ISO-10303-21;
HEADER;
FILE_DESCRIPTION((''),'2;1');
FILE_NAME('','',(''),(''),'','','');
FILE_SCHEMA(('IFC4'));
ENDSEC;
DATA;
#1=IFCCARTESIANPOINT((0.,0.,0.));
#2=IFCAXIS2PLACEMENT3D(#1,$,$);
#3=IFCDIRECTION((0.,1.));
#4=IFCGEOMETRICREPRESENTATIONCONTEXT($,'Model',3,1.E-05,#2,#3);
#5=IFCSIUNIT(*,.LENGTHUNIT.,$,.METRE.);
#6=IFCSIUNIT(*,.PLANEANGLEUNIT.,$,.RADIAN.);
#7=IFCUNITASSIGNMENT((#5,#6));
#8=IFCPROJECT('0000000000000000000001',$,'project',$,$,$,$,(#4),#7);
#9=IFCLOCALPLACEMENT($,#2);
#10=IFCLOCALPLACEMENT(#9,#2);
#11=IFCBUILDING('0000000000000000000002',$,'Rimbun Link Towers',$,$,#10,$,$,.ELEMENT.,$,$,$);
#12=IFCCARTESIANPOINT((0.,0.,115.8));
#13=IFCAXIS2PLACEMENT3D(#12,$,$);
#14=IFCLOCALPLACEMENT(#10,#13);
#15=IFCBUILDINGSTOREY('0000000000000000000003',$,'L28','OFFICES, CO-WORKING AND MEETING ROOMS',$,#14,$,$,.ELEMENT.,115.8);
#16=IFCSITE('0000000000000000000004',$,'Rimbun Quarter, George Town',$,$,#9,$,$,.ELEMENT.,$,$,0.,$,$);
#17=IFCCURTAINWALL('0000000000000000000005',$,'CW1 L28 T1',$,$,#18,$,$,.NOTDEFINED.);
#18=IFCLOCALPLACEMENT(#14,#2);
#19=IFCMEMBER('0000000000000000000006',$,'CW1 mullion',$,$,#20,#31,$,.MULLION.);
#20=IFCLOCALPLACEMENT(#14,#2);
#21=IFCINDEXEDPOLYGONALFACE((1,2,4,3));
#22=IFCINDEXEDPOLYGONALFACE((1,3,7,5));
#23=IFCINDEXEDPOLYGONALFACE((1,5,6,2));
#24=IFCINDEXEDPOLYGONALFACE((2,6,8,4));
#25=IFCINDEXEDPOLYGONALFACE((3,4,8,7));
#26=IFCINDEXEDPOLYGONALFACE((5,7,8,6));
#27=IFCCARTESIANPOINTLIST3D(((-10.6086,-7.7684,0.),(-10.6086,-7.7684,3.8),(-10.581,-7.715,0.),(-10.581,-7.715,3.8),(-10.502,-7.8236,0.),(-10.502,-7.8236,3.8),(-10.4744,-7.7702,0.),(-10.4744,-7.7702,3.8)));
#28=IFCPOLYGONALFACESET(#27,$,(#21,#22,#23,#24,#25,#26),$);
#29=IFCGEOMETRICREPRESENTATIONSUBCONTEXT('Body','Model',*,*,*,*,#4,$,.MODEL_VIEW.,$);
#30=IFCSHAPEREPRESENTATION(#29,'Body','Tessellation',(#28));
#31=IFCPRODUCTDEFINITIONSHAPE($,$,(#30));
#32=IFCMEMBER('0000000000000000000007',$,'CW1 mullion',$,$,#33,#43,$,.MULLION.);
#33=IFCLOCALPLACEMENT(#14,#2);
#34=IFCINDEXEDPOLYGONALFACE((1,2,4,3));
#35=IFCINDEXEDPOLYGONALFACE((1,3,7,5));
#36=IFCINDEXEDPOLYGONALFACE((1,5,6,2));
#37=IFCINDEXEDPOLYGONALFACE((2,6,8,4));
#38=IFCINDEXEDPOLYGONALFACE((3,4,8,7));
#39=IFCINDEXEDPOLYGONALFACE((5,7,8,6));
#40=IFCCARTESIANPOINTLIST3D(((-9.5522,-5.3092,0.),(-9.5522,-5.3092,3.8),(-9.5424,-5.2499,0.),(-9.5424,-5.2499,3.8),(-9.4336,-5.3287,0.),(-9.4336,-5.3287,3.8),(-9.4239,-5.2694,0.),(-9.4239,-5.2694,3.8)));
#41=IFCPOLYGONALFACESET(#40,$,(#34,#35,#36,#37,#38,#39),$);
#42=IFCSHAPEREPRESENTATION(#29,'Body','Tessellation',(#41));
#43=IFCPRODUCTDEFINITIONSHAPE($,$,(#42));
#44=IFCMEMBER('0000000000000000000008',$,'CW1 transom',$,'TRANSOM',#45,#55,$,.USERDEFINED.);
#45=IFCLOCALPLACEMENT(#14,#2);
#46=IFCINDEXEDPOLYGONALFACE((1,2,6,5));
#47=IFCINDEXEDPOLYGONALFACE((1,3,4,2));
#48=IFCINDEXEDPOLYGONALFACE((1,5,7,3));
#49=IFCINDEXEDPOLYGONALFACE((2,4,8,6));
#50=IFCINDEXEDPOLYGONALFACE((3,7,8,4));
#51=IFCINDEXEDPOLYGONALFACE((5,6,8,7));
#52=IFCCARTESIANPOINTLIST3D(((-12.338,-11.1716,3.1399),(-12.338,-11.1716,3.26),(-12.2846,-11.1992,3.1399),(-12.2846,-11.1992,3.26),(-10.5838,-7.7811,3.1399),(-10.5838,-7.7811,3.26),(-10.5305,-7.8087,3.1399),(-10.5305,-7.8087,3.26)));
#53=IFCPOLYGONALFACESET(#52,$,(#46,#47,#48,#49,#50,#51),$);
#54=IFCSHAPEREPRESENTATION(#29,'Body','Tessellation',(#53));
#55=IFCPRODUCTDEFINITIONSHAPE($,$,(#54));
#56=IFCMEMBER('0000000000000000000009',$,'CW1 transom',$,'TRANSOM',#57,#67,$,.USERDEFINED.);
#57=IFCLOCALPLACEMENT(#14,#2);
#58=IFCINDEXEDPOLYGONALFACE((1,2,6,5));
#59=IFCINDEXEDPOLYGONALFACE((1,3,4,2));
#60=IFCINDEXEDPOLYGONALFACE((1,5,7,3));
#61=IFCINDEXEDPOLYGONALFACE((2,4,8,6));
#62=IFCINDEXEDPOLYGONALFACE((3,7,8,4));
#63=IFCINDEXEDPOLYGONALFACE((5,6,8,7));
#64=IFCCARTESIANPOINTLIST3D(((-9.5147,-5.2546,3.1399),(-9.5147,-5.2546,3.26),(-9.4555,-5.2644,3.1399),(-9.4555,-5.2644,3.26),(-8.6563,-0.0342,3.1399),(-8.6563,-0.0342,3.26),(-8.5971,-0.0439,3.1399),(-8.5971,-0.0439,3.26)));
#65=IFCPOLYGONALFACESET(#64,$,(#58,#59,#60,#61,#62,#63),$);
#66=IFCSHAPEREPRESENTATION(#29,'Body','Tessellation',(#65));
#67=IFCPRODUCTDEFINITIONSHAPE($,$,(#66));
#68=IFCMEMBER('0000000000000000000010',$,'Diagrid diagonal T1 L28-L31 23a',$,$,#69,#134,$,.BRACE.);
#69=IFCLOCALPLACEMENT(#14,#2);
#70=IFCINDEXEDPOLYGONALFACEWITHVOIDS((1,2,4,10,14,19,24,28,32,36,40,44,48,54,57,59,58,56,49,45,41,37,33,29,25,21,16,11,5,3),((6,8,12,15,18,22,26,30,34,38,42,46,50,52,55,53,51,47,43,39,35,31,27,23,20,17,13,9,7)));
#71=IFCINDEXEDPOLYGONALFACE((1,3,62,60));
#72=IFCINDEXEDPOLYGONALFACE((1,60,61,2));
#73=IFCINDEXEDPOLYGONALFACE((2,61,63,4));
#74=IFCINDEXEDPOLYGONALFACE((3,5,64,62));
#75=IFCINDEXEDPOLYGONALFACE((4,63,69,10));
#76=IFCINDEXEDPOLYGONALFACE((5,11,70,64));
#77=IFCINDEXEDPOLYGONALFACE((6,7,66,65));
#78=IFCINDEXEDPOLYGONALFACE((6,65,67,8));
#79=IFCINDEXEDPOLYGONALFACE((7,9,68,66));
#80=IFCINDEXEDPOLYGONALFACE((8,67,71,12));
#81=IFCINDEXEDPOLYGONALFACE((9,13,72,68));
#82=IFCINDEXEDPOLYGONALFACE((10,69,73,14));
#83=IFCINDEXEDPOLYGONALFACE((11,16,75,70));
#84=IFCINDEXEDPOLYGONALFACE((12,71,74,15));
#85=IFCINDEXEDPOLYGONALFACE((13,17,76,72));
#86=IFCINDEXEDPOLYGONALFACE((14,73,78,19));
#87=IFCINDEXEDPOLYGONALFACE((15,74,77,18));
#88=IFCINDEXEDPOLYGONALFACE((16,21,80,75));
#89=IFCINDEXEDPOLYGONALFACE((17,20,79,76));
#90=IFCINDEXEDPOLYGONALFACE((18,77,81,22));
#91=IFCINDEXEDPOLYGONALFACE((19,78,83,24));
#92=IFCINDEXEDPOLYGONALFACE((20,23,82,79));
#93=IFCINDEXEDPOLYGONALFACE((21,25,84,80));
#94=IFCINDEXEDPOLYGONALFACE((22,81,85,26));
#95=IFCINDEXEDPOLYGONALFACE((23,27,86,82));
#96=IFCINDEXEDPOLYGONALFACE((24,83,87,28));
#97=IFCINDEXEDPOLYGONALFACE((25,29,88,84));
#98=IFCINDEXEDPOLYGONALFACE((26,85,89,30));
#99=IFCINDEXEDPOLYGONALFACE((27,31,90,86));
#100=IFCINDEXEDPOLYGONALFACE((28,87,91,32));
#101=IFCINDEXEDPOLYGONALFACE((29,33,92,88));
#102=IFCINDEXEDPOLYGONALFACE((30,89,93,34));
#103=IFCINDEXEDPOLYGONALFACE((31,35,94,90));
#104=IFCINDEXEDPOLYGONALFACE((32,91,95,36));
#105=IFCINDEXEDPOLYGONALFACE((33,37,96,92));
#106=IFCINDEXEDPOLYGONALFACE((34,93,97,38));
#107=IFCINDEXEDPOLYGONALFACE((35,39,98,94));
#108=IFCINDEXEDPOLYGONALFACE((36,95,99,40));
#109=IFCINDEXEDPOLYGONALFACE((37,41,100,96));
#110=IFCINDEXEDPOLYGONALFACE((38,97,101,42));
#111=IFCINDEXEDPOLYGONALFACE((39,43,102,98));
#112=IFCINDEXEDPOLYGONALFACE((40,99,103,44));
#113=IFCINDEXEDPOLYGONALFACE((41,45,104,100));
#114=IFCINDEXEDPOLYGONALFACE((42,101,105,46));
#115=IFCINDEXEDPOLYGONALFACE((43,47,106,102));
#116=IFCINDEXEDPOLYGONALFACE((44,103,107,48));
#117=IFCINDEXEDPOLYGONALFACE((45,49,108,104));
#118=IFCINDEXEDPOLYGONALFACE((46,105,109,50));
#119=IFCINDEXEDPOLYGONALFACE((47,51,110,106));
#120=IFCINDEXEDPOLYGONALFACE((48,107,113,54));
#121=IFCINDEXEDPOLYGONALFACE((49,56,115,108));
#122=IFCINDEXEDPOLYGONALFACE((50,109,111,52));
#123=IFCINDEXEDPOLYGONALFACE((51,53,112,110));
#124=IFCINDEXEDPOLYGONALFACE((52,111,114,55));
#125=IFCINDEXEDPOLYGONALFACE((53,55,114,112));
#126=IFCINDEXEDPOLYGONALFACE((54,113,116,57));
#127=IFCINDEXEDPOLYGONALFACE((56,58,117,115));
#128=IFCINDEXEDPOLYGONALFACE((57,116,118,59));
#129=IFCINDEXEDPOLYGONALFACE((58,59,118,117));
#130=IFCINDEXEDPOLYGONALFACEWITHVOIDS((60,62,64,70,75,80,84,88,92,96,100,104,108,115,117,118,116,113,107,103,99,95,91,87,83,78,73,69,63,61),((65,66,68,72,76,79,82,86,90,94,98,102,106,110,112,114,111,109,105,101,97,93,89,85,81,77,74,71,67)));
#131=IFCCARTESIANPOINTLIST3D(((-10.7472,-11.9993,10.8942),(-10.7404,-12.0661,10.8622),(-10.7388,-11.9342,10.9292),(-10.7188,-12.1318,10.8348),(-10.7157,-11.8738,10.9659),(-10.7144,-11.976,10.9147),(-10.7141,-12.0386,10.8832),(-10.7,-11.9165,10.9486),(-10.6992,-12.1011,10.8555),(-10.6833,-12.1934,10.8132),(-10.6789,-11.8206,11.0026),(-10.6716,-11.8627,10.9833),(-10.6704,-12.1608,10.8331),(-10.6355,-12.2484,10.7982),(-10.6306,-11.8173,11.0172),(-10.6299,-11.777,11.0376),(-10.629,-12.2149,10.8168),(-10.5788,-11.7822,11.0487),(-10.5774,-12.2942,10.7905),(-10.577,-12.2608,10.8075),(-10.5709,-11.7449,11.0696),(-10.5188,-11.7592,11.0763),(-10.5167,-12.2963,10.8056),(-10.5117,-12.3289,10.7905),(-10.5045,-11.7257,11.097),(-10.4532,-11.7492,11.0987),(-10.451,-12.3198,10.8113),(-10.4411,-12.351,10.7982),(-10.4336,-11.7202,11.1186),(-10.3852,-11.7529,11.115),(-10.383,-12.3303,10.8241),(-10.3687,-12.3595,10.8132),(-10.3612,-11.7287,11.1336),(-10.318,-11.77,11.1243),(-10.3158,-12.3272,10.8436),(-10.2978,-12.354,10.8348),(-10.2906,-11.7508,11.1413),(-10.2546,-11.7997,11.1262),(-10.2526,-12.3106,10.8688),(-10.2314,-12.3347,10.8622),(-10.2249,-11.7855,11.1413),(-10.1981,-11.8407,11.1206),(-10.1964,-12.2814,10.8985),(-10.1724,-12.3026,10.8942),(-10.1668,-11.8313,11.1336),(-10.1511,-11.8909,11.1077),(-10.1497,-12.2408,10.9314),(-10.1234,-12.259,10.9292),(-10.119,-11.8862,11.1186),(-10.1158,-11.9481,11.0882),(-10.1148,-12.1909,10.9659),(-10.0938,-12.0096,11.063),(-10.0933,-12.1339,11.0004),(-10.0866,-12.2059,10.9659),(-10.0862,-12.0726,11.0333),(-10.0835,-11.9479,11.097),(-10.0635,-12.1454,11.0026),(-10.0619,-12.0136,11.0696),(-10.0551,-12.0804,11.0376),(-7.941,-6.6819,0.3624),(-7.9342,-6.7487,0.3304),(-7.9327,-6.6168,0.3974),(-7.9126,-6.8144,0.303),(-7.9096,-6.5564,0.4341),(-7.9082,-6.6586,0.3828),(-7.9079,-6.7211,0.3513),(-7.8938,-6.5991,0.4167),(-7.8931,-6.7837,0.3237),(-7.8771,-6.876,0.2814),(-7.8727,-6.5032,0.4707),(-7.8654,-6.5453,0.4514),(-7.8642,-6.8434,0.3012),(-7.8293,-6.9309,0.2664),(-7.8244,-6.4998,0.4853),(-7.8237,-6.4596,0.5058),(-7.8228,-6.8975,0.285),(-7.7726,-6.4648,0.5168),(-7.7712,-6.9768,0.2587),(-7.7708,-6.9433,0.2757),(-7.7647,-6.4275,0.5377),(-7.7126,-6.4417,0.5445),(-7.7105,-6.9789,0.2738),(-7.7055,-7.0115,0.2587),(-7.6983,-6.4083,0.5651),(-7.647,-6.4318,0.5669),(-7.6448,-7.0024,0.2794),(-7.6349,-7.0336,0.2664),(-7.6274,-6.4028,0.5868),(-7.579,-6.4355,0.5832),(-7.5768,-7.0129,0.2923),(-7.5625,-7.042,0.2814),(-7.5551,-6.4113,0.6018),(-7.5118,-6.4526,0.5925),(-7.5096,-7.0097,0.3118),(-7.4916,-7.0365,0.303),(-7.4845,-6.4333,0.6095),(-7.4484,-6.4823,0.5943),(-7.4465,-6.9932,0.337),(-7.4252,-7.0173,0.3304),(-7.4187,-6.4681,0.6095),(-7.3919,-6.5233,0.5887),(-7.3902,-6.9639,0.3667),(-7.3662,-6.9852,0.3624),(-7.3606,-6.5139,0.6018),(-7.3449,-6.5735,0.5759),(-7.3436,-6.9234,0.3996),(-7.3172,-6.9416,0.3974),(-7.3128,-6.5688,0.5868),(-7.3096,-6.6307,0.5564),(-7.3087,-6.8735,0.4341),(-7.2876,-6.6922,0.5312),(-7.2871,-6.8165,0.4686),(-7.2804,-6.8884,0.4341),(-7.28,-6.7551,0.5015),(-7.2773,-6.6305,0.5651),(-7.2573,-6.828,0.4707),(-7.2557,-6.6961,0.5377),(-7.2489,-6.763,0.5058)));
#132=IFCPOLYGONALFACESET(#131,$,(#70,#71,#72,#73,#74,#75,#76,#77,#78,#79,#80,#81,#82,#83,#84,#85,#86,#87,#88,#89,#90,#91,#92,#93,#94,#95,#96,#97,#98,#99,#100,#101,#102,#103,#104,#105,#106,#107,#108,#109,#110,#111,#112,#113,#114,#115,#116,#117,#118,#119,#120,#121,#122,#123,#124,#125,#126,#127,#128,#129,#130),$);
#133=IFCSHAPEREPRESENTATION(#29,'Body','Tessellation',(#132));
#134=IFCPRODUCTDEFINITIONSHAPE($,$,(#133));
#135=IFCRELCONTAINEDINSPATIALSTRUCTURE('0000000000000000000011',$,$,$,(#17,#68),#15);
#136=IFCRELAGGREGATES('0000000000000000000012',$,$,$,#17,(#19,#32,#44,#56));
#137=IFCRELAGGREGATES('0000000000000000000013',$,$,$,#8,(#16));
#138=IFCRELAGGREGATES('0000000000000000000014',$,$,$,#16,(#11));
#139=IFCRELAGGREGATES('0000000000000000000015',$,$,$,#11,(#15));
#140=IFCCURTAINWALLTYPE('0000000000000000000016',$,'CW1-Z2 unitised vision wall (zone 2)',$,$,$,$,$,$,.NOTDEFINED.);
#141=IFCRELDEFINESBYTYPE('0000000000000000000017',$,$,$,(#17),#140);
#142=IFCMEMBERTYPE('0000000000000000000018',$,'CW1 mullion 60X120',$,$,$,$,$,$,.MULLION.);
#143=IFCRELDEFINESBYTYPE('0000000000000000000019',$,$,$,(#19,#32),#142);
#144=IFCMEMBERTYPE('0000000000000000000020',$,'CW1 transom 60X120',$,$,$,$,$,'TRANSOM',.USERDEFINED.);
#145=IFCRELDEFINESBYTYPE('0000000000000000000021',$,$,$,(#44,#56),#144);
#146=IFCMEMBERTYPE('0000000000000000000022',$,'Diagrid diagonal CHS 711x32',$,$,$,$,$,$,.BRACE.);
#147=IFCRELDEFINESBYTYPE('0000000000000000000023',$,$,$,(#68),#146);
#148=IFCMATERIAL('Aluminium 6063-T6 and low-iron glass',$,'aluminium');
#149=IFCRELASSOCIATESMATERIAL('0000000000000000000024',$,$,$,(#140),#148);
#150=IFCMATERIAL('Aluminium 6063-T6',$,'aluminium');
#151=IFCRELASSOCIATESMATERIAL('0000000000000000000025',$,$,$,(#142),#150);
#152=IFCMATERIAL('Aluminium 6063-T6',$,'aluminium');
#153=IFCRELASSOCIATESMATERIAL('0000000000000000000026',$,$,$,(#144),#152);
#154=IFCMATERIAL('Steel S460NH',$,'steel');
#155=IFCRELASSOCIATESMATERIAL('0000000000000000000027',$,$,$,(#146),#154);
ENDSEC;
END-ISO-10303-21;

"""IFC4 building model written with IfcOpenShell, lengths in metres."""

from ifc_helpers import new_model, si_unit, direction, frame, origin, origin_2d, place, context, subcontext, project, spatial, rectangle, hollow_circle, extrude, material, material_profile, profile_set, type_object, element, aggregate, save


model = new_model("IFC4")

# Units and contexts
model_context = context("Model", 3, precision=1e-05, world=origin(), true_north=direction((0.0, 1.0)))
body_context = subcontext(model_context, "Body", "Model", "MODEL_VIEW")
ifc_project = project(units=[si_unit("LENGTHUNIT", "METRE"), si_unit("PLANEANGLEUNIT", "RADIAN")], contexts=[model_context])

# Site, building, storey
site_placement = place(None, origin())
site = spatial("IfcSite", under=ifc_project, at=site_placement, Name="Rimbun Quarter, George Town", CompositionType="ELEMENT", RefElevation=0.0)
building_placement = place(site_placement, origin())
building = spatial("IfcBuilding", under=site, at=building_placement, Name="Rimbun Link Towers", CompositionType="ELEMENT")
storey_placement = place(building_placement, frame((0.0, 0.0, 115.8)))
storey = spatial("IfcBuildingStorey", under=building, at=storey_placement, Name="L28", Description="OFFICES, CO-WORKING AND MEETING ROOMS", CompositionType="ELEMENT", Elevation=115.8)

# Curtain wall, members
ifc_material_1 = material(Name="Aluminium 6063-T6 and low-iron glass", Category="aluminium")
curtain_wall_type = type_object("IfcCurtainWallType", Name="CW1-Z2 unitised vision wall (zone 2)", PredefinedType="NOTDEFINED", material=ifc_material_1)
curtain_wall_placement = place(storey_placement, origin())
curtain_wall = element("IfcCurtainWall", 1, at=curtain_wall_placement, inside=storey, type_object=curtain_wall_type, Name="CW1 L28 T1", PredefinedType="NOTDEFINED")
ifc_material_2 = material(Name="Aluminium 6063-T6", Category="aluminium")
ifc_material_profile_1 = material_profile(ifc_material_2, rectangle(XDim=0.1201, YDim=0.0601, at=origin_2d()), Name="MULLION 60X120")
ifc_profile_set_1 = profile_set([ifc_material_profile_1], Name="Aluminium 6063-T6")
member_type_1 = type_object("IfcMemberType", Name="CW1 mullion 60X120", PredefinedType="MULLION", material=ifc_profile_set_1)
member_1_placement = place(storey_placement, frame((-10.5415, -7.7693, 0.0), z_axis=(0.0, 0.0, 1.0), x_axis=(0.888157, -0.459541, 0.0)))
member_1 = element("IfcMember", 2, at=member_1_placement, type_object=member_type_1, Name="CW1 mullion", PredefinedType="MULLION", context=body_context, shape_type="SweptSolid", body=[
    extrude(rectangle(XDim=0.1201, YDim=0.0601, at=origin_2d()), origin(), (0.0, 0.0, 1.0), 3.8),
])
member_2_placement = place(storey_placement, frame((-9.488, -5.2893, 0.0), z_axis=(0.0, 0.0, 1.0), x_axis=(0.986747, -0.162269, 0.0)))
member_2 = element("IfcMember", 3, at=member_2_placement, type_object=member_type_1, Name="CW1 mullion", PredefinedType="MULLION", context=body_context, shape_type="SweptSolid", body=[
    extrude(rectangle(XDim=0.1201, YDim=0.0601, at=origin_2d()), origin(), (0.0, 0.0, 1.0), 3.8),
])
ifc_material_3 = material(Name="Aluminium 6063-T6", Category="aluminium")
ifc_material_profile_2 = material_profile(ifc_material_3, rectangle(XDim=0.0601, YDim=0.1201, at=origin_2d()), Name="TRANSOM 60X120")
ifc_profile_set_2 = profile_set([ifc_material_profile_2], Name="Aluminium 6063-T6")
member_type_2 = type_object("IfcMemberType", Name="CW1 transom 60X120", ElementType="TRANSOM", PredefinedType="USERDEFINED", material=ifc_profile_set_2)
member_3_placement = place(storey_placement, frame((-10.5571, -7.7949, 3.2), z_axis=(-0.459527, -0.888164, 0.0), x_axis=(0.888164, -0.459527, 0.0)))
member_3 = element("IfcMember", 4, at=member_3_placement, type_object=member_type_2, Name="CW1 transom", ObjectType="TRANSOM", PredefinedType="USERDEFINED", context=body_context, shape_type="SweptSolid", body=[
    extrude(rectangle(XDim=0.0601, YDim=0.1201, at=origin_2d()), origin(), (0.0, 0.0, 1.0), 3.8174),
])
member_4_placement = place(storey_placement, frame((-8.6267, -0.0391, 3.2), z_axis=(-0.162251, -0.98675, 0.0), x_axis=(0.98675, -0.162251, 0.0)))
member_4 = element("IfcMember", 5, at=member_4_placement, type_object=member_type_2, Name="CW1 transom", ObjectType="TRANSOM", PredefinedType="USERDEFINED", context=body_context, shape_type="SweptSolid", body=[
    extrude(rectangle(XDim=0.0601, YDim=0.1201, at=origin_2d()), origin(), (0.0, 0.0, 1.0), 5.2905),
])

# Member
ifc_material_4 = material(Name="Steel S460NH", Category="steel")
ifc_material_profile_3 = material_profile(ifc_material_4, hollow_circle(Radius=0.3557, WallThickness=0.032, at=origin_2d()), Name="Diagrid diagonal CHS 711x32")
ifc_profile_set_3 = profile_set([ifc_material_profile_3], Name="Steel S460NH")
member_type_3 = type_object("IfcMemberType", Name="Diagrid diagonal CHS 711x32", PredefinedType="BRACE", material=ifc_profile_set_3)
member_5_placement = place(storey_placement, frame((-7.595, -6.7224, 0.4341), z_axis=(-0.231395, -0.438471, 0.868447), x_axis=(0.884402, -0.466727, 0.0)))
element("IfcMember", 6, at=member_5_placement, inside=storey, type_object=member_type_3, Name="Diagrid diagonal T1 L28-L31 23a", PredefinedType="BRACE", context=body_context, shape_type="SweptSolid", body=[
    extrude(hollow_circle(Radius=0.3557, WallThickness=0.032, at=origin_2d()), origin(), (0.0, 0.0, 1.0), 12.1272),
])

aggregate(curtain_wall, [member_1, member_2, member_3, member_4])

save(model, "model.ifc")
